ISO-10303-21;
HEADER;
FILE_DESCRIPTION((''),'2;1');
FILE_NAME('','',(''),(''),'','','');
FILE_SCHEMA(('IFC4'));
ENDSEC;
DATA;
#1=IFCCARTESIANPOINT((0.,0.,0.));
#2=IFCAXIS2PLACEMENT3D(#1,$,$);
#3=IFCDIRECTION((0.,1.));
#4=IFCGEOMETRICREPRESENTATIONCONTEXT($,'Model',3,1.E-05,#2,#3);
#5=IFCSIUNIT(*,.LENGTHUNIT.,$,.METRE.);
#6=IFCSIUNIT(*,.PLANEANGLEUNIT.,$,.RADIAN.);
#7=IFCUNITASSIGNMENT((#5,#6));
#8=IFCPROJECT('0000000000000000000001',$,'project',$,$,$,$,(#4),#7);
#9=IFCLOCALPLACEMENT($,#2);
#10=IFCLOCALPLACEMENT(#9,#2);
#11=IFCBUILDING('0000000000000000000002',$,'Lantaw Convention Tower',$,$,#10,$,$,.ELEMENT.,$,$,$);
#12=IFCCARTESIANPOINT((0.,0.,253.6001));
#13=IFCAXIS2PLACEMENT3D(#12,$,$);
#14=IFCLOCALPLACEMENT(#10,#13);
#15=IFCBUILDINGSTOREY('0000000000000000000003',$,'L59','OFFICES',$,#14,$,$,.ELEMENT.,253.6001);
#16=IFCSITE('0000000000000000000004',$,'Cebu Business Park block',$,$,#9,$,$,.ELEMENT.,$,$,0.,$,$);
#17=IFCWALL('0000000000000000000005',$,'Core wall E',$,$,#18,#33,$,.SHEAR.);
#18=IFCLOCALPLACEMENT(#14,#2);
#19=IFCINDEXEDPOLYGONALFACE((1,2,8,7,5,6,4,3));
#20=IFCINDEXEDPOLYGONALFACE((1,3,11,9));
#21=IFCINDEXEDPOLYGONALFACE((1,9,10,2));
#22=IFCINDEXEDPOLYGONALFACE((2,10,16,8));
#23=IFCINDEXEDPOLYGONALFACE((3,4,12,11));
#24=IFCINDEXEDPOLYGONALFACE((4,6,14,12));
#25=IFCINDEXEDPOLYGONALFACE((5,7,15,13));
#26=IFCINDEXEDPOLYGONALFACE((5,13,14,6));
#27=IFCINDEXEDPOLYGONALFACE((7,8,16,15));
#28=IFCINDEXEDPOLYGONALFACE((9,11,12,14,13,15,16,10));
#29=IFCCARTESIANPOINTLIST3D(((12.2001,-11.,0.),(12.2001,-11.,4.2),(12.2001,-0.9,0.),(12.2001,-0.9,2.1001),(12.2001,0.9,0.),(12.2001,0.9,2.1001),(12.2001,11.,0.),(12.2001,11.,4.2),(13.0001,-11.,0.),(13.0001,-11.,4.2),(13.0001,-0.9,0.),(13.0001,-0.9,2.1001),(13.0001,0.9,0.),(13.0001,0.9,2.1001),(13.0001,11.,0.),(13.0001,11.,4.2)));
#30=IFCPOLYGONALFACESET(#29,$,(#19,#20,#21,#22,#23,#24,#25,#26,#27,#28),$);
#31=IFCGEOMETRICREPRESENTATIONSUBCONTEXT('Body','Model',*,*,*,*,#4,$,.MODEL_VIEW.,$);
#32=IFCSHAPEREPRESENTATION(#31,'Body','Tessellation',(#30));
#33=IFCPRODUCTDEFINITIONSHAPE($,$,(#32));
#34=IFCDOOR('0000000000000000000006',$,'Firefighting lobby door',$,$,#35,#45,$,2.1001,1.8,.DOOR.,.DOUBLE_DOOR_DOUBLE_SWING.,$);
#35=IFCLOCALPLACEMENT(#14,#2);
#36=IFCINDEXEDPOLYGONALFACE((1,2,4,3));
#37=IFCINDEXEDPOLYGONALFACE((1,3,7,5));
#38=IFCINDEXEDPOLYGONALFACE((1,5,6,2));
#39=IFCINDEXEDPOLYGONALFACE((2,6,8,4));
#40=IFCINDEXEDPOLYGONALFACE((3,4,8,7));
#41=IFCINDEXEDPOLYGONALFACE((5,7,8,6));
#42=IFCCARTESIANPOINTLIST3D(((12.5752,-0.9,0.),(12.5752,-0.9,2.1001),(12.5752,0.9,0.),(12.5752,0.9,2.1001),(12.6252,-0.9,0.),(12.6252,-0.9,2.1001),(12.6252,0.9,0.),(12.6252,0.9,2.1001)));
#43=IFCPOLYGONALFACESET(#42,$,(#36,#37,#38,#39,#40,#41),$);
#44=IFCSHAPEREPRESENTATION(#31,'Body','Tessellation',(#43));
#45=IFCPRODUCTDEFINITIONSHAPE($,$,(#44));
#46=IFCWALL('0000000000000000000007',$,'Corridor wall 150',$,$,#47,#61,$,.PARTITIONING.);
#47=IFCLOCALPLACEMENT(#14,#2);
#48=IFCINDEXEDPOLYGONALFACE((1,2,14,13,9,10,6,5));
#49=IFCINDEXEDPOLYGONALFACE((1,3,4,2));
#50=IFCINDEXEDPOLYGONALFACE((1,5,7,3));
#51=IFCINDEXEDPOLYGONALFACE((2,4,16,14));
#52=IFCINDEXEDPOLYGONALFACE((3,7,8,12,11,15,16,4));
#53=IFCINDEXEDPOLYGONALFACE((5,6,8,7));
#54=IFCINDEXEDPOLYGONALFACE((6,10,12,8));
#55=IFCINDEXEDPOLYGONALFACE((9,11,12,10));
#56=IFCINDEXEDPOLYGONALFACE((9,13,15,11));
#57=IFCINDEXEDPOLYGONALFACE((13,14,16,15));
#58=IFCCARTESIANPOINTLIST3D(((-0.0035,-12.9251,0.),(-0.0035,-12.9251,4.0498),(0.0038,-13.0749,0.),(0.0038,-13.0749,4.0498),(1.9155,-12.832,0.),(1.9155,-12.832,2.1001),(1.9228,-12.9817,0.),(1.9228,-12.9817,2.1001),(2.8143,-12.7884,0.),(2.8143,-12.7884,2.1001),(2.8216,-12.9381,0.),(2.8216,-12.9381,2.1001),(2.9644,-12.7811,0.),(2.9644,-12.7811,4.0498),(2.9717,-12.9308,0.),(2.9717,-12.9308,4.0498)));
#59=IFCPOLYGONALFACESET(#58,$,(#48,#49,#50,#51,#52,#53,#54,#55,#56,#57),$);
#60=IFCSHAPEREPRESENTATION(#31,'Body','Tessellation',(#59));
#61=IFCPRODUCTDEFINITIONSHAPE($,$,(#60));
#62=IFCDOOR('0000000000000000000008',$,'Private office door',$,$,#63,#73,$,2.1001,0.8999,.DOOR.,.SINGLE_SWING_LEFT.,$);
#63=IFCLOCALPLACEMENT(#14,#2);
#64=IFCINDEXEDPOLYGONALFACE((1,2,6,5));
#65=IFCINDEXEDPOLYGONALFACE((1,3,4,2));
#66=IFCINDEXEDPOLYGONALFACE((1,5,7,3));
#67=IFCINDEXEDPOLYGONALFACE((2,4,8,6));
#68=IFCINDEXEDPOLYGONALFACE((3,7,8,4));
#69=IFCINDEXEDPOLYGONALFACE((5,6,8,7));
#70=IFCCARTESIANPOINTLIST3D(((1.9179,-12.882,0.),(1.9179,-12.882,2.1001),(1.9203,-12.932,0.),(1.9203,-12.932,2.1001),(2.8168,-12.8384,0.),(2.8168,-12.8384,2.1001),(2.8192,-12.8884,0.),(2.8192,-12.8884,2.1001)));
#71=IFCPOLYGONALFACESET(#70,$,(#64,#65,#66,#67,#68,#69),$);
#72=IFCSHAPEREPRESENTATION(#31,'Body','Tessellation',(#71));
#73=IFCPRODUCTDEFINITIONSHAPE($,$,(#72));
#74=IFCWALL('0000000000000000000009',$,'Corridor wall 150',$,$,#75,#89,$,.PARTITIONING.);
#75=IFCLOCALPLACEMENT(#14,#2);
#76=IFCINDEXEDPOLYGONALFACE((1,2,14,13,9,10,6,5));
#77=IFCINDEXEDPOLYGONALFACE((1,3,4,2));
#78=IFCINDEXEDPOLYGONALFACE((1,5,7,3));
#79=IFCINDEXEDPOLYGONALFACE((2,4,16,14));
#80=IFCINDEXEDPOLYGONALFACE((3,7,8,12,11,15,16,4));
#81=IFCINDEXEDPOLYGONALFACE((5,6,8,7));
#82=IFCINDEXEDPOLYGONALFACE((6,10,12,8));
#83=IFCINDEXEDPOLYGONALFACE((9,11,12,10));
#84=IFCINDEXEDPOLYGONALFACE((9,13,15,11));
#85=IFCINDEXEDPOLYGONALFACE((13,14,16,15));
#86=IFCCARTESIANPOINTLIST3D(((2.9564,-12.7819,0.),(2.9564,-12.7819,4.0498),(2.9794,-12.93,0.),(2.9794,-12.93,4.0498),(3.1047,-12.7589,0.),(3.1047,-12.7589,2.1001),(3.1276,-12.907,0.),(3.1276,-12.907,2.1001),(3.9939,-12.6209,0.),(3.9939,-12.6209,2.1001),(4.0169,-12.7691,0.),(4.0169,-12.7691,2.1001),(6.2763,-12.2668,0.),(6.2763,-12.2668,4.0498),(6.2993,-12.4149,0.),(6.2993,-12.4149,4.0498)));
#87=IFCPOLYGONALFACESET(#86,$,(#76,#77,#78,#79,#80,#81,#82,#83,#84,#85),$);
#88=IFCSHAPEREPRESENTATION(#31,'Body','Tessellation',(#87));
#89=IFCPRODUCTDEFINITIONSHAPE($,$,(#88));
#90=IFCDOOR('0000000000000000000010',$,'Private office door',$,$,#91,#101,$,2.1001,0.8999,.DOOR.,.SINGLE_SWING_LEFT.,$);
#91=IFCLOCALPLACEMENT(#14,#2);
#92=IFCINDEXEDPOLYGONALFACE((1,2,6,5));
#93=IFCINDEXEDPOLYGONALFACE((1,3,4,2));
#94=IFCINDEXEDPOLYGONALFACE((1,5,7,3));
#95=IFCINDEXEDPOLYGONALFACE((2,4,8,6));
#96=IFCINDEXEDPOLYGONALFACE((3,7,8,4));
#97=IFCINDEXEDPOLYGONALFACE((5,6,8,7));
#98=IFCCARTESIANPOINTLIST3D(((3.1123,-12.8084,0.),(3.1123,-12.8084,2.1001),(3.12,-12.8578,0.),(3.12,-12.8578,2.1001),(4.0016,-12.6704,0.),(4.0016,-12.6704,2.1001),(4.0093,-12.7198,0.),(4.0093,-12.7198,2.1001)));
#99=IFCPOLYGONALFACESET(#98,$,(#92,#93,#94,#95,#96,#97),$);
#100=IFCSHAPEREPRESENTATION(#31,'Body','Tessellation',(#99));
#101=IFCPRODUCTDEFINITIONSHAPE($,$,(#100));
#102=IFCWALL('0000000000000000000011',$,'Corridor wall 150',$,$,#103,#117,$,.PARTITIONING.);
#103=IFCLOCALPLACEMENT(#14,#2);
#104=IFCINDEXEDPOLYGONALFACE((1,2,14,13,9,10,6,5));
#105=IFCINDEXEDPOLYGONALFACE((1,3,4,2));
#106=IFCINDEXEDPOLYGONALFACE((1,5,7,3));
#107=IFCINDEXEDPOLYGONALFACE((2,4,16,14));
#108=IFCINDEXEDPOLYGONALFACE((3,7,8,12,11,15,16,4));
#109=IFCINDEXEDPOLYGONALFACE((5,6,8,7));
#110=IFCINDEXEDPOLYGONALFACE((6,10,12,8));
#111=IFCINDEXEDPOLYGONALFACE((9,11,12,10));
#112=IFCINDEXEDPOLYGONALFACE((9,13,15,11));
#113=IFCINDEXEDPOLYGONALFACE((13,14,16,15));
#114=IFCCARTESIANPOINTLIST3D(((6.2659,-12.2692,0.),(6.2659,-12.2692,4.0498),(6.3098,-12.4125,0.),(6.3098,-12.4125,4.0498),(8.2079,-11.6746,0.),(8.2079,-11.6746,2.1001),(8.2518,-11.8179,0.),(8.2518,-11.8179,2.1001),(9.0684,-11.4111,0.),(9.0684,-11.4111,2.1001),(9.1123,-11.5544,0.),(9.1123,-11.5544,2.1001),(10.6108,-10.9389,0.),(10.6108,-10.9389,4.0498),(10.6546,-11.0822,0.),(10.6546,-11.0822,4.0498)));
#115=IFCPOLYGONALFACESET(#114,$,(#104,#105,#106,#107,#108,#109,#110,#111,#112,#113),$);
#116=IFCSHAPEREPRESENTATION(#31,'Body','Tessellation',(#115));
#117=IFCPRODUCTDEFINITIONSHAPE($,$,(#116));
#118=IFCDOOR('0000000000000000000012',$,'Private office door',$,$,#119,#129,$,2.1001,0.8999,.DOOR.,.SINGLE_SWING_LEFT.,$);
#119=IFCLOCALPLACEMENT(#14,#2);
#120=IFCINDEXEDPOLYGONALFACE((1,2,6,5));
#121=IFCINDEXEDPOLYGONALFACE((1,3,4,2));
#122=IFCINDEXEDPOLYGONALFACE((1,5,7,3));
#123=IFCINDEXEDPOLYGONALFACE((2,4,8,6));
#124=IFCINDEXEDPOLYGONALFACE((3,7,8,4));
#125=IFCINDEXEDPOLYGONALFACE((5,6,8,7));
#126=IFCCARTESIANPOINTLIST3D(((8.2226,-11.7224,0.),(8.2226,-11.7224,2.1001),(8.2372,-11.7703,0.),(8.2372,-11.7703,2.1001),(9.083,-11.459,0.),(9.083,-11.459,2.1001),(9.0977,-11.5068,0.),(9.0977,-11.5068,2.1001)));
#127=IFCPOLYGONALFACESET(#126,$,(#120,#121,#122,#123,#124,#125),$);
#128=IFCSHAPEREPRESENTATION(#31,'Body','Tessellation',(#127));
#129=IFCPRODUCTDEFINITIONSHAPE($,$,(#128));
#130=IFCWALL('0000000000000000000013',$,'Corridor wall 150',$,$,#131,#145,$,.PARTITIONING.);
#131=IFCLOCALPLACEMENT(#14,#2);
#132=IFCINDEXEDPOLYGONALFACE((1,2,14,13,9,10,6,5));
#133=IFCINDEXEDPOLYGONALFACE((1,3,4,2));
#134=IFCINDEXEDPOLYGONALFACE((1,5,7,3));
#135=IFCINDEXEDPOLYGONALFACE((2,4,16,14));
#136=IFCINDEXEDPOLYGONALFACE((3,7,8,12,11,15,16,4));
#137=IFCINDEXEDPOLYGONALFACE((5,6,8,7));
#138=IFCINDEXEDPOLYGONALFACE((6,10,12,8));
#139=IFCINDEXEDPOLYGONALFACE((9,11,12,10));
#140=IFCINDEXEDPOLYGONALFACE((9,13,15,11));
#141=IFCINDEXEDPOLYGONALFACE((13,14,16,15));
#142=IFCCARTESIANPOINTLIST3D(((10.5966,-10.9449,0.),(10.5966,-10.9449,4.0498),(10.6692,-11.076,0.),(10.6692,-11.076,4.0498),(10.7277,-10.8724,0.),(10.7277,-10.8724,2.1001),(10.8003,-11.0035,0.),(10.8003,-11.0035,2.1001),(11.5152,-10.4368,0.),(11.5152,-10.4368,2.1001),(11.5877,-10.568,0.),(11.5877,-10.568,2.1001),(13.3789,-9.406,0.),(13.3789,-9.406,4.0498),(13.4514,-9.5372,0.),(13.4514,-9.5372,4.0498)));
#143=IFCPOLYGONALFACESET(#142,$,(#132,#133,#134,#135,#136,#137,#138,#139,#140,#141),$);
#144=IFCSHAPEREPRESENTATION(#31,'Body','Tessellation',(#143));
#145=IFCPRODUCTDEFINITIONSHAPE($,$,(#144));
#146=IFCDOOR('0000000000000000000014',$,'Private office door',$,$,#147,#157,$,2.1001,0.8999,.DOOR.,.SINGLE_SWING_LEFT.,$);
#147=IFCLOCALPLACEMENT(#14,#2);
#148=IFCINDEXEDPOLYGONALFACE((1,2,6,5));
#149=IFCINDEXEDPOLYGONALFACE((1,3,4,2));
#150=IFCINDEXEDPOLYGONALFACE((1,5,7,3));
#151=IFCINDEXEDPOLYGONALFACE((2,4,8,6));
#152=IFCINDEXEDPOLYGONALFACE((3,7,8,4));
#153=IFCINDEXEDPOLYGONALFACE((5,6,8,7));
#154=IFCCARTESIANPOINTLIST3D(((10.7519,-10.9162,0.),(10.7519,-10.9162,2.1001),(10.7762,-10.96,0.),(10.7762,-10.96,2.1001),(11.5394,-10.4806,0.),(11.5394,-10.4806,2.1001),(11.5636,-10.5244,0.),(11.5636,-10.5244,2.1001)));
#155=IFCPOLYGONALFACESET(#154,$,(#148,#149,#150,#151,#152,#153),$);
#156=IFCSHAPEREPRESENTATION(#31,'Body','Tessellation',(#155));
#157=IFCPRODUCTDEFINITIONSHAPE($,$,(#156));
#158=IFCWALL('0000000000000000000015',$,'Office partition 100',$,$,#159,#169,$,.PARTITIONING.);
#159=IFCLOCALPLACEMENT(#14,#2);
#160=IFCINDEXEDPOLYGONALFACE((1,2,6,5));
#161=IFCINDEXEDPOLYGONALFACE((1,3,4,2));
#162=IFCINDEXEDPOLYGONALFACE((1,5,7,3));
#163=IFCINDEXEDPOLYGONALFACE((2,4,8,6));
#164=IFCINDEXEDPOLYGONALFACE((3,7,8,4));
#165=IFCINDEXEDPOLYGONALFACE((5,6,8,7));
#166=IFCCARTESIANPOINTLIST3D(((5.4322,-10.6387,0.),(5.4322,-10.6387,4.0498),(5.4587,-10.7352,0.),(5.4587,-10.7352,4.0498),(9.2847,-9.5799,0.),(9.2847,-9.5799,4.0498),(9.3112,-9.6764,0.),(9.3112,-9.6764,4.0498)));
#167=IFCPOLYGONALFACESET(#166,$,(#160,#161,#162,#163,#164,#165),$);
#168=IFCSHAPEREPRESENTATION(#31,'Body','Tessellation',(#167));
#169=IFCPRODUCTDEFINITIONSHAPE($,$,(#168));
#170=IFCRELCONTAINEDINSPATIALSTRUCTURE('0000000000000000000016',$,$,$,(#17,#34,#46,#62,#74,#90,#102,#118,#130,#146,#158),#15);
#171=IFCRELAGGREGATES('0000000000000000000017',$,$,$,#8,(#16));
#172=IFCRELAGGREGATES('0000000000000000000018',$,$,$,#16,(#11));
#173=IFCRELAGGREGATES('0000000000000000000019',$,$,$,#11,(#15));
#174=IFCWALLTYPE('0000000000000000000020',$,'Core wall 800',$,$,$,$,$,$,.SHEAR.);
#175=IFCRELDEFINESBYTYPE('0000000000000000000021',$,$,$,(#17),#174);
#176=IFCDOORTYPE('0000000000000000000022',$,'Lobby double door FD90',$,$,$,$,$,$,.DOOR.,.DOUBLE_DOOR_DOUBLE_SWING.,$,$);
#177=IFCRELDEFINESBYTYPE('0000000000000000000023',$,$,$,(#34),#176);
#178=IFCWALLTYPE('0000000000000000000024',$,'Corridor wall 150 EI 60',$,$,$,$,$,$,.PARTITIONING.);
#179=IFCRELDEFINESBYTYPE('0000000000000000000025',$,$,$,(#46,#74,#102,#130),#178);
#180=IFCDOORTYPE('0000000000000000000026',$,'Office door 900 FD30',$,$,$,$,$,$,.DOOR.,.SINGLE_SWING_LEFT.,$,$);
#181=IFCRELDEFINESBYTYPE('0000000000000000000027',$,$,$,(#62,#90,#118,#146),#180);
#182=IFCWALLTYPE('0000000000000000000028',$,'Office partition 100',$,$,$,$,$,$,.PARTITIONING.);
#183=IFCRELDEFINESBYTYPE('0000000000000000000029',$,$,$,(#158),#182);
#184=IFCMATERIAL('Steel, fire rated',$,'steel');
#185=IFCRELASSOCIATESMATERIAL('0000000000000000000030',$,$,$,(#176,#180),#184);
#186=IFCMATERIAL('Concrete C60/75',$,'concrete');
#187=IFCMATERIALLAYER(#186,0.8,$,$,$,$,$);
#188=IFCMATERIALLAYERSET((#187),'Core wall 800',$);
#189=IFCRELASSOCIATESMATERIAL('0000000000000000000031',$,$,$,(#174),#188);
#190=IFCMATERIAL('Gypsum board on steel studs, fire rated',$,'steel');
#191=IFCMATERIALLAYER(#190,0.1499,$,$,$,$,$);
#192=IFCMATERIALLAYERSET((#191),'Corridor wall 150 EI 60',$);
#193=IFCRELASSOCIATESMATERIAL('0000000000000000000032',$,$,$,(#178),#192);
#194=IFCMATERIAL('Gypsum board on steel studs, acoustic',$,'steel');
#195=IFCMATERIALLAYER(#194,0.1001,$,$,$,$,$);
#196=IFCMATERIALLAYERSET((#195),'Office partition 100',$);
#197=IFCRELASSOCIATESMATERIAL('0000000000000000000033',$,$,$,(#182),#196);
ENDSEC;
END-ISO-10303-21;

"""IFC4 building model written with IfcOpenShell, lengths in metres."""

from ifc_helpers import new_model, si_unit, direction, frame, frame_2d, origin, place, context, subcontext, project, spatial, rectangle, extrude, material, layer, layer_set, type_object, element, fill, save


model = new_model("IFC4")

# Units and contexts
model_context = context("Model", 3, precision=1e-05, world=origin(), true_north=direction((0.0, 1.0)))
body_context = subcontext(model_context, "Body", "Model", "MODEL_VIEW")
ifc_project = project(units=[si_unit("LENGTHUNIT", "METRE"), si_unit("PLANEANGLEUNIT", "RADIAN")], contexts=[model_context])

# Site, building, storey
site_placement = place(None, origin())
site = spatial("IfcSite", under=ifc_project, at=site_placement, Name="Cebu Business Park block", CompositionType="ELEMENT", RefElevation=0.0)
building_placement = place(site_placement, origin())
building = spatial("IfcBuilding", under=site, at=building_placement, Name="Lantaw Convention Tower", CompositionType="ELEMENT")
storey_placement = place(building_placement, frame((0.0, 0.0, 253.6001)))
storey = spatial("IfcBuildingStorey", under=building, at=storey_placement, Name="L59", Description="OFFICES", CompositionType="ELEMENT", Elevation=253.6001)

# Walls, openings, doors
ifc_material_1 = material(Name="Concrete C60/75", Category="concrete")
ifc_material_2 = material(Name="Steel, fire rated", Category="steel")
door_type_1 = type_object("IfcDoorType", Name="Lobby double door FD90", OperationType="DOUBLE_DOOR_DOUBLE_SWING", PredefinedType="DOOR", material=ifc_material_2)
ifc_layer_1 = layer(ifc_material_1, 0.8)
ifc_layer_set_1 = layer_set([ifc_layer_1], Name="Core wall 800")
wall_type_1 = type_object("IfcWallType", Name="Core wall 800", PredefinedType="SHEAR", material=ifc_layer_set_1)
wall_1_placement = place(storey_placement, frame((12.6001, -11.0, 0.0), z_axis=(0.0, 0.0, 1.0), x_axis=(0.0, 1.0, 0.0)))
wall_1 = element("IfcWall", 1, at=wall_1_placement, inside=storey, type_object=wall_type_1, Name="Core wall E", PredefinedType="SHEAR", context=body_context, shape_type="SweptSolid", body=[
    extrude(rectangle(XDim=22.0, YDim=0.8, at=frame_2d((11.0, 0.0))), origin(), (0.0, 0.0, 1.0), 4.2),
])
opening_1_placement = place(wall_1_placement, frame((10.1001, 0.0, 0.0)))
opening_1 = element("IfcOpeningElement", 2, at=opening_1_placement, cuts=wall_1, PredefinedType="OPENING", context=body_context, shape_type="SweptSolid", body=[
    extrude(rectangle(XDim=1.8, YDim=2.1001, at=frame_2d((0.8999, 1.05))), frame((0.0, 0.4099, 0.0), z_axis=(0.0, -1.0, 0.0), x_axis=(1.0, 0.0, 0.0)), (0.0, 0.0, 1.0), 0.8201),
])
door_1_placement = place(opening_1_placement, origin())
door_1 = element("IfcDoor", 3, at=door_1_placement, inside=storey, type_object=door_type_1, Name="Firefighting lobby door", OperationType="DOUBLE_DOOR_DOUBLE_SWING", OverallHeight=2.1001, OverallWidth=1.8, PredefinedType="DOOR", context=body_context, shape_type="SweptSolid", body=[
    extrude(rectangle(XDim=1.8, YDim=2.1001, at=frame_2d((0.8999, 1.05))), frame((0.0, 0.0249, 0.0), z_axis=(0.0, -1.0, 0.0), x_axis=(1.0, 0.0, 0.0)), (0.0, 0.0, 1.0), 0.05),
])
fill(opening_1, door_1)
ifc_material_3 = material(Name="Gypsum board on steel studs, fire rated", Category="steel")
ifc_layer_2 = layer(ifc_material_3, 0.1499)
ifc_layer_set_2 = layer_set([ifc_layer_2], Name="Corridor wall 150 EI 60")
wall_type_2 = type_object("IfcWallType", Name="Corridor wall 150 EI 60", PredefinedType="PARTITIONING", material=ifc_layer_set_2)
wall_2_placement = place(storey_placement, frame((0.0, -13.0, 0.0), z_axis=(0.0, 0.0, 1.0), x_axis=(0.998824, 0.048475, 0.0)))
wall_2 = element("IfcWall", 4, at=wall_2_placement, inside=storey, type_object=wall_type_2, Name="Corridor wall 150", PredefinedType="PARTITIONING", context=body_context, shape_type="SweptSolid", body=[
    extrude(rectangle(XDim=2.9714, YDim=0.1499, at=frame_2d((1.4858, 0.0))), origin(), (0.0, 0.0, 1.0), 4.0498),
])
opening_2_placement = place(wall_2_placement, frame((1.9214, 0.0, 0.0)))
opening_2 = element("IfcOpeningElement", 5, at=opening_2_placement, cuts=wall_2, PredefinedType="OPENING", context=body_context, shape_type="SweptSolid", body=[
    extrude(rectangle(XDim=0.8999, YDim=2.1001, at=frame_2d((0.45, 1.05))), frame((0.0, 0.085, 0.0), z_axis=(0.0, -1.0, 0.0), x_axis=(1.0, 0.0, 0.0)), (0.0, 0.0, 1.0), 0.1699),
])
door_type_2 = type_object("IfcDoorType", Name="Office door 900 FD30", OperationType="SINGLE_SWING_LEFT", PredefinedType="DOOR", material=ifc_material_2)
door_2_placement = place(opening_2_placement, origin())
door_2 = element("IfcDoor", 6, at=door_2_placement, inside=storey, type_object=door_type_2, Name="Private office door", OperationType="SINGLE_SWING_LEFT", OverallHeight=2.1001, OverallWidth=0.8999, PredefinedType="DOOR", context=body_context, shape_type="SweptSolid", body=[
    extrude(rectangle(XDim=0.8999, YDim=2.1001, at=frame_2d((0.45, 1.05))), frame((0.0, 0.0249, 0.0), z_axis=(0.0, -1.0, 0.0), x_axis=(1.0, 0.0, 0.0)), (0.0, 0.0, 1.0), 0.05),
])
fill(opening_2, door_2)
wall_3_placement = place(storey_placement, frame((2.968, -12.856, 0.0), z_axis=(0.0, 0.0, 1.0), x_axis=(0.988174, 0.153335, 0.0)))
wall_3 = element("IfcWall", 7, at=wall_3_placement, inside=storey, type_object=wall_type_2, Name="Corridor wall 150", PredefinedType="PARTITIONING", context=body_context, shape_type="SweptSolid", body=[
    extrude(rectangle(XDim=3.3596, YDim=0.1499, at=frame_2d((1.6797, 0.0))), origin(), (0.0, 0.0, 1.0), 4.0498),
])
opening_3_placement = place(wall_3_placement, frame((0.1499, 0.0, 0.0)))
opening_3 = element("IfcOpeningElement", 8, at=opening_3_placement, cuts=wall_3, PredefinedType="OPENING", context=body_context, shape_type="SweptSolid", body=[
    extrude(rectangle(XDim=0.8999, YDim=2.1001, at=frame_2d((0.45, 1.05))), frame((0.0, 0.085, 0.0), z_axis=(0.0, -1.0, 0.0), x_axis=(1.0, 0.0, 0.0)), (0.0, 0.0, 1.0), 0.1699),
])
door_3_placement = place(opening_3_placement, origin())
door_3 = element("IfcDoor", 9, at=door_3_placement, inside=storey, type_object=door_type_2, Name="Private office door", OperationType="SINGLE_SWING_LEFT", OverallHeight=2.1001, OverallWidth=0.8999, PredefinedType="DOOR", context=body_context, shape_type="SweptSolid", body=[
    extrude(rectangle(XDim=0.8999, YDim=2.1001, at=frame_2d((0.45, 1.05))), frame((0.0, 0.0249, 0.0), z_axis=(0.0, -1.0, 0.0), x_axis=(1.0, 0.0, 0.0)), (0.0, 0.0, 1.0), 0.05),
])
fill(opening_3, door_3)
wall_4_placement = place(storey_placement, frame((6.2878, -12.3408, 0.0), z_axis=(0.0, 0.0, 1.0), x_axis=(0.956186, 0.29276, 0.0)))
wall_4 = element("IfcWall", 10, at=wall_4_placement, inside=storey, type_object=wall_type_2, Name="Corridor wall 150", PredefinedType="PARTITIONING", context=body_context, shape_type="SweptSolid", body=[
    extrude(rectangle(XDim=4.5439, YDim=0.1499, at=frame_2d((2.272, 0.0))), origin(), (0.0, 0.0, 1.0), 4.0498),
])
opening_4_placement = place(wall_4_placement, frame((2.031, 0.0, 0.0)))
opening_4 = element("IfcOpeningElement", 11, at=opening_4_placement, cuts=wall_4, PredefinedType="OPENING", context=body_context, shape_type="SweptSolid", body=[
    extrude(rectangle(XDim=0.8999, YDim=2.1001, at=frame_2d((0.45, 1.05))), frame((0.0, 0.085, 0.0), z_axis=(0.0, -1.0, 0.0), x_axis=(1.0, 0.0, 0.0)), (0.0, 0.0, 1.0), 0.1699),
])
door_4_placement = place(opening_4_placement, origin())
door_4 = element("IfcDoor", 12, at=door_4_placement, inside=storey, type_object=door_type_2, Name="Private office door", OperationType="SINGLE_SWING_LEFT", OverallHeight=2.1001, OverallWidth=0.8999, PredefinedType="DOOR", context=body_context, shape_type="SweptSolid", body=[
    extrude(rectangle(XDim=0.8999, YDim=2.1001, at=frame_2d((0.45, 1.05))), frame((0.0, 0.0249, 0.0), z_axis=(0.0, -1.0, 0.0), x_axis=(1.0, 0.0, 0.0)), (0.0, 0.0, 1.0), 0.05),
])
fill(opening_4, door_4)
wall_5_placement = place(storey_placement, frame((10.6328, -11.0105, 0.0), z_axis=(0.0, 0.0, 1.0), x_axis=(0.875072, 0.483993, 0.0)))
wall_5 = element("IfcWall", 13, at=wall_5_placement, inside=storey, type_object=wall_type_2, Name="Corridor wall 150", PredefinedType="PARTITIONING", context=body_context, shape_type="SweptSolid", body=[
    extrude(rectangle(XDim=3.1794, YDim=0.1499, at=frame_2d((1.5898, 0.0))), origin(), (0.0, 0.0, 1.0), 4.0498),
])
opening_5_placement = place(wall_5_placement, frame((0.1499, 0.0, 0.0)))
opening_5 = element("IfcOpeningElement", 14, at=opening_5_placement, cuts=wall_5, PredefinedType="OPENING", context=body_context, shape_type="SweptSolid", body=[
    extrude(rectangle(XDim=0.8999, YDim=2.1001, at=frame_2d((0.45, 1.05))), frame((0.0, 0.085, 0.0), z_axis=(0.0, -1.0, 0.0), x_axis=(1.0, 0.0, 0.0)), (0.0, 0.0, 1.0), 0.1699),
])
door_5_placement = place(opening_5_placement, origin())
door_5 = element("IfcDoor", 15, at=door_5_placement, inside=storey, type_object=door_type_2, Name="Private office door", OperationType="SINGLE_SWING_LEFT", OverallHeight=2.1001, OverallWidth=0.8999, PredefinedType="DOOR", context=body_context, shape_type="SweptSolid", body=[
    extrude(rectangle(XDim=0.8999, YDim=2.1001, at=frame_2d((0.45, 1.05))), frame((0.0, 0.0249, 0.0), z_axis=(0.0, -1.0, 0.0), x_axis=(1.0, 0.0, 0.0)), (0.0, 0.0, 1.0), 0.05),
])
fill(opening_5, door_5)

# Wall
ifc_material_4 = material(Name="Gypsum board on steel studs, acoustic", Category="steel")
ifc_layer_3 = layer(ifc_material_4, 0.1001)
ifc_layer_set_3 = layer_set([ifc_layer_3], Name="Office partition 100")
wall_type_3 = type_object("IfcWallType", Name="Office partition 100", PredefinedType="PARTITIONING", material=ifc_layer_set_3)
wall_6_placement = place(storey_placement, frame((9.2979, -9.6282, 0.0), z_axis=(0.0, 0.0, 1.0), x_axis=(-0.964244, -0.265014, 0.0)))
element("IfcWall", 16, at=wall_6_placement, inside=storey, type_object=wall_type_3, Name="Office partition 100", PredefinedType="PARTITIONING", context=body_context, shape_type="SweptSolid", body=[
    extrude(rectangle(XDim=3.9954, YDim=0.1001, at=frame_2d((1.9976, 0.0))), origin(), (0.0, 0.0, 1.0), 4.0498),
])

save(model, "model.ifc")
